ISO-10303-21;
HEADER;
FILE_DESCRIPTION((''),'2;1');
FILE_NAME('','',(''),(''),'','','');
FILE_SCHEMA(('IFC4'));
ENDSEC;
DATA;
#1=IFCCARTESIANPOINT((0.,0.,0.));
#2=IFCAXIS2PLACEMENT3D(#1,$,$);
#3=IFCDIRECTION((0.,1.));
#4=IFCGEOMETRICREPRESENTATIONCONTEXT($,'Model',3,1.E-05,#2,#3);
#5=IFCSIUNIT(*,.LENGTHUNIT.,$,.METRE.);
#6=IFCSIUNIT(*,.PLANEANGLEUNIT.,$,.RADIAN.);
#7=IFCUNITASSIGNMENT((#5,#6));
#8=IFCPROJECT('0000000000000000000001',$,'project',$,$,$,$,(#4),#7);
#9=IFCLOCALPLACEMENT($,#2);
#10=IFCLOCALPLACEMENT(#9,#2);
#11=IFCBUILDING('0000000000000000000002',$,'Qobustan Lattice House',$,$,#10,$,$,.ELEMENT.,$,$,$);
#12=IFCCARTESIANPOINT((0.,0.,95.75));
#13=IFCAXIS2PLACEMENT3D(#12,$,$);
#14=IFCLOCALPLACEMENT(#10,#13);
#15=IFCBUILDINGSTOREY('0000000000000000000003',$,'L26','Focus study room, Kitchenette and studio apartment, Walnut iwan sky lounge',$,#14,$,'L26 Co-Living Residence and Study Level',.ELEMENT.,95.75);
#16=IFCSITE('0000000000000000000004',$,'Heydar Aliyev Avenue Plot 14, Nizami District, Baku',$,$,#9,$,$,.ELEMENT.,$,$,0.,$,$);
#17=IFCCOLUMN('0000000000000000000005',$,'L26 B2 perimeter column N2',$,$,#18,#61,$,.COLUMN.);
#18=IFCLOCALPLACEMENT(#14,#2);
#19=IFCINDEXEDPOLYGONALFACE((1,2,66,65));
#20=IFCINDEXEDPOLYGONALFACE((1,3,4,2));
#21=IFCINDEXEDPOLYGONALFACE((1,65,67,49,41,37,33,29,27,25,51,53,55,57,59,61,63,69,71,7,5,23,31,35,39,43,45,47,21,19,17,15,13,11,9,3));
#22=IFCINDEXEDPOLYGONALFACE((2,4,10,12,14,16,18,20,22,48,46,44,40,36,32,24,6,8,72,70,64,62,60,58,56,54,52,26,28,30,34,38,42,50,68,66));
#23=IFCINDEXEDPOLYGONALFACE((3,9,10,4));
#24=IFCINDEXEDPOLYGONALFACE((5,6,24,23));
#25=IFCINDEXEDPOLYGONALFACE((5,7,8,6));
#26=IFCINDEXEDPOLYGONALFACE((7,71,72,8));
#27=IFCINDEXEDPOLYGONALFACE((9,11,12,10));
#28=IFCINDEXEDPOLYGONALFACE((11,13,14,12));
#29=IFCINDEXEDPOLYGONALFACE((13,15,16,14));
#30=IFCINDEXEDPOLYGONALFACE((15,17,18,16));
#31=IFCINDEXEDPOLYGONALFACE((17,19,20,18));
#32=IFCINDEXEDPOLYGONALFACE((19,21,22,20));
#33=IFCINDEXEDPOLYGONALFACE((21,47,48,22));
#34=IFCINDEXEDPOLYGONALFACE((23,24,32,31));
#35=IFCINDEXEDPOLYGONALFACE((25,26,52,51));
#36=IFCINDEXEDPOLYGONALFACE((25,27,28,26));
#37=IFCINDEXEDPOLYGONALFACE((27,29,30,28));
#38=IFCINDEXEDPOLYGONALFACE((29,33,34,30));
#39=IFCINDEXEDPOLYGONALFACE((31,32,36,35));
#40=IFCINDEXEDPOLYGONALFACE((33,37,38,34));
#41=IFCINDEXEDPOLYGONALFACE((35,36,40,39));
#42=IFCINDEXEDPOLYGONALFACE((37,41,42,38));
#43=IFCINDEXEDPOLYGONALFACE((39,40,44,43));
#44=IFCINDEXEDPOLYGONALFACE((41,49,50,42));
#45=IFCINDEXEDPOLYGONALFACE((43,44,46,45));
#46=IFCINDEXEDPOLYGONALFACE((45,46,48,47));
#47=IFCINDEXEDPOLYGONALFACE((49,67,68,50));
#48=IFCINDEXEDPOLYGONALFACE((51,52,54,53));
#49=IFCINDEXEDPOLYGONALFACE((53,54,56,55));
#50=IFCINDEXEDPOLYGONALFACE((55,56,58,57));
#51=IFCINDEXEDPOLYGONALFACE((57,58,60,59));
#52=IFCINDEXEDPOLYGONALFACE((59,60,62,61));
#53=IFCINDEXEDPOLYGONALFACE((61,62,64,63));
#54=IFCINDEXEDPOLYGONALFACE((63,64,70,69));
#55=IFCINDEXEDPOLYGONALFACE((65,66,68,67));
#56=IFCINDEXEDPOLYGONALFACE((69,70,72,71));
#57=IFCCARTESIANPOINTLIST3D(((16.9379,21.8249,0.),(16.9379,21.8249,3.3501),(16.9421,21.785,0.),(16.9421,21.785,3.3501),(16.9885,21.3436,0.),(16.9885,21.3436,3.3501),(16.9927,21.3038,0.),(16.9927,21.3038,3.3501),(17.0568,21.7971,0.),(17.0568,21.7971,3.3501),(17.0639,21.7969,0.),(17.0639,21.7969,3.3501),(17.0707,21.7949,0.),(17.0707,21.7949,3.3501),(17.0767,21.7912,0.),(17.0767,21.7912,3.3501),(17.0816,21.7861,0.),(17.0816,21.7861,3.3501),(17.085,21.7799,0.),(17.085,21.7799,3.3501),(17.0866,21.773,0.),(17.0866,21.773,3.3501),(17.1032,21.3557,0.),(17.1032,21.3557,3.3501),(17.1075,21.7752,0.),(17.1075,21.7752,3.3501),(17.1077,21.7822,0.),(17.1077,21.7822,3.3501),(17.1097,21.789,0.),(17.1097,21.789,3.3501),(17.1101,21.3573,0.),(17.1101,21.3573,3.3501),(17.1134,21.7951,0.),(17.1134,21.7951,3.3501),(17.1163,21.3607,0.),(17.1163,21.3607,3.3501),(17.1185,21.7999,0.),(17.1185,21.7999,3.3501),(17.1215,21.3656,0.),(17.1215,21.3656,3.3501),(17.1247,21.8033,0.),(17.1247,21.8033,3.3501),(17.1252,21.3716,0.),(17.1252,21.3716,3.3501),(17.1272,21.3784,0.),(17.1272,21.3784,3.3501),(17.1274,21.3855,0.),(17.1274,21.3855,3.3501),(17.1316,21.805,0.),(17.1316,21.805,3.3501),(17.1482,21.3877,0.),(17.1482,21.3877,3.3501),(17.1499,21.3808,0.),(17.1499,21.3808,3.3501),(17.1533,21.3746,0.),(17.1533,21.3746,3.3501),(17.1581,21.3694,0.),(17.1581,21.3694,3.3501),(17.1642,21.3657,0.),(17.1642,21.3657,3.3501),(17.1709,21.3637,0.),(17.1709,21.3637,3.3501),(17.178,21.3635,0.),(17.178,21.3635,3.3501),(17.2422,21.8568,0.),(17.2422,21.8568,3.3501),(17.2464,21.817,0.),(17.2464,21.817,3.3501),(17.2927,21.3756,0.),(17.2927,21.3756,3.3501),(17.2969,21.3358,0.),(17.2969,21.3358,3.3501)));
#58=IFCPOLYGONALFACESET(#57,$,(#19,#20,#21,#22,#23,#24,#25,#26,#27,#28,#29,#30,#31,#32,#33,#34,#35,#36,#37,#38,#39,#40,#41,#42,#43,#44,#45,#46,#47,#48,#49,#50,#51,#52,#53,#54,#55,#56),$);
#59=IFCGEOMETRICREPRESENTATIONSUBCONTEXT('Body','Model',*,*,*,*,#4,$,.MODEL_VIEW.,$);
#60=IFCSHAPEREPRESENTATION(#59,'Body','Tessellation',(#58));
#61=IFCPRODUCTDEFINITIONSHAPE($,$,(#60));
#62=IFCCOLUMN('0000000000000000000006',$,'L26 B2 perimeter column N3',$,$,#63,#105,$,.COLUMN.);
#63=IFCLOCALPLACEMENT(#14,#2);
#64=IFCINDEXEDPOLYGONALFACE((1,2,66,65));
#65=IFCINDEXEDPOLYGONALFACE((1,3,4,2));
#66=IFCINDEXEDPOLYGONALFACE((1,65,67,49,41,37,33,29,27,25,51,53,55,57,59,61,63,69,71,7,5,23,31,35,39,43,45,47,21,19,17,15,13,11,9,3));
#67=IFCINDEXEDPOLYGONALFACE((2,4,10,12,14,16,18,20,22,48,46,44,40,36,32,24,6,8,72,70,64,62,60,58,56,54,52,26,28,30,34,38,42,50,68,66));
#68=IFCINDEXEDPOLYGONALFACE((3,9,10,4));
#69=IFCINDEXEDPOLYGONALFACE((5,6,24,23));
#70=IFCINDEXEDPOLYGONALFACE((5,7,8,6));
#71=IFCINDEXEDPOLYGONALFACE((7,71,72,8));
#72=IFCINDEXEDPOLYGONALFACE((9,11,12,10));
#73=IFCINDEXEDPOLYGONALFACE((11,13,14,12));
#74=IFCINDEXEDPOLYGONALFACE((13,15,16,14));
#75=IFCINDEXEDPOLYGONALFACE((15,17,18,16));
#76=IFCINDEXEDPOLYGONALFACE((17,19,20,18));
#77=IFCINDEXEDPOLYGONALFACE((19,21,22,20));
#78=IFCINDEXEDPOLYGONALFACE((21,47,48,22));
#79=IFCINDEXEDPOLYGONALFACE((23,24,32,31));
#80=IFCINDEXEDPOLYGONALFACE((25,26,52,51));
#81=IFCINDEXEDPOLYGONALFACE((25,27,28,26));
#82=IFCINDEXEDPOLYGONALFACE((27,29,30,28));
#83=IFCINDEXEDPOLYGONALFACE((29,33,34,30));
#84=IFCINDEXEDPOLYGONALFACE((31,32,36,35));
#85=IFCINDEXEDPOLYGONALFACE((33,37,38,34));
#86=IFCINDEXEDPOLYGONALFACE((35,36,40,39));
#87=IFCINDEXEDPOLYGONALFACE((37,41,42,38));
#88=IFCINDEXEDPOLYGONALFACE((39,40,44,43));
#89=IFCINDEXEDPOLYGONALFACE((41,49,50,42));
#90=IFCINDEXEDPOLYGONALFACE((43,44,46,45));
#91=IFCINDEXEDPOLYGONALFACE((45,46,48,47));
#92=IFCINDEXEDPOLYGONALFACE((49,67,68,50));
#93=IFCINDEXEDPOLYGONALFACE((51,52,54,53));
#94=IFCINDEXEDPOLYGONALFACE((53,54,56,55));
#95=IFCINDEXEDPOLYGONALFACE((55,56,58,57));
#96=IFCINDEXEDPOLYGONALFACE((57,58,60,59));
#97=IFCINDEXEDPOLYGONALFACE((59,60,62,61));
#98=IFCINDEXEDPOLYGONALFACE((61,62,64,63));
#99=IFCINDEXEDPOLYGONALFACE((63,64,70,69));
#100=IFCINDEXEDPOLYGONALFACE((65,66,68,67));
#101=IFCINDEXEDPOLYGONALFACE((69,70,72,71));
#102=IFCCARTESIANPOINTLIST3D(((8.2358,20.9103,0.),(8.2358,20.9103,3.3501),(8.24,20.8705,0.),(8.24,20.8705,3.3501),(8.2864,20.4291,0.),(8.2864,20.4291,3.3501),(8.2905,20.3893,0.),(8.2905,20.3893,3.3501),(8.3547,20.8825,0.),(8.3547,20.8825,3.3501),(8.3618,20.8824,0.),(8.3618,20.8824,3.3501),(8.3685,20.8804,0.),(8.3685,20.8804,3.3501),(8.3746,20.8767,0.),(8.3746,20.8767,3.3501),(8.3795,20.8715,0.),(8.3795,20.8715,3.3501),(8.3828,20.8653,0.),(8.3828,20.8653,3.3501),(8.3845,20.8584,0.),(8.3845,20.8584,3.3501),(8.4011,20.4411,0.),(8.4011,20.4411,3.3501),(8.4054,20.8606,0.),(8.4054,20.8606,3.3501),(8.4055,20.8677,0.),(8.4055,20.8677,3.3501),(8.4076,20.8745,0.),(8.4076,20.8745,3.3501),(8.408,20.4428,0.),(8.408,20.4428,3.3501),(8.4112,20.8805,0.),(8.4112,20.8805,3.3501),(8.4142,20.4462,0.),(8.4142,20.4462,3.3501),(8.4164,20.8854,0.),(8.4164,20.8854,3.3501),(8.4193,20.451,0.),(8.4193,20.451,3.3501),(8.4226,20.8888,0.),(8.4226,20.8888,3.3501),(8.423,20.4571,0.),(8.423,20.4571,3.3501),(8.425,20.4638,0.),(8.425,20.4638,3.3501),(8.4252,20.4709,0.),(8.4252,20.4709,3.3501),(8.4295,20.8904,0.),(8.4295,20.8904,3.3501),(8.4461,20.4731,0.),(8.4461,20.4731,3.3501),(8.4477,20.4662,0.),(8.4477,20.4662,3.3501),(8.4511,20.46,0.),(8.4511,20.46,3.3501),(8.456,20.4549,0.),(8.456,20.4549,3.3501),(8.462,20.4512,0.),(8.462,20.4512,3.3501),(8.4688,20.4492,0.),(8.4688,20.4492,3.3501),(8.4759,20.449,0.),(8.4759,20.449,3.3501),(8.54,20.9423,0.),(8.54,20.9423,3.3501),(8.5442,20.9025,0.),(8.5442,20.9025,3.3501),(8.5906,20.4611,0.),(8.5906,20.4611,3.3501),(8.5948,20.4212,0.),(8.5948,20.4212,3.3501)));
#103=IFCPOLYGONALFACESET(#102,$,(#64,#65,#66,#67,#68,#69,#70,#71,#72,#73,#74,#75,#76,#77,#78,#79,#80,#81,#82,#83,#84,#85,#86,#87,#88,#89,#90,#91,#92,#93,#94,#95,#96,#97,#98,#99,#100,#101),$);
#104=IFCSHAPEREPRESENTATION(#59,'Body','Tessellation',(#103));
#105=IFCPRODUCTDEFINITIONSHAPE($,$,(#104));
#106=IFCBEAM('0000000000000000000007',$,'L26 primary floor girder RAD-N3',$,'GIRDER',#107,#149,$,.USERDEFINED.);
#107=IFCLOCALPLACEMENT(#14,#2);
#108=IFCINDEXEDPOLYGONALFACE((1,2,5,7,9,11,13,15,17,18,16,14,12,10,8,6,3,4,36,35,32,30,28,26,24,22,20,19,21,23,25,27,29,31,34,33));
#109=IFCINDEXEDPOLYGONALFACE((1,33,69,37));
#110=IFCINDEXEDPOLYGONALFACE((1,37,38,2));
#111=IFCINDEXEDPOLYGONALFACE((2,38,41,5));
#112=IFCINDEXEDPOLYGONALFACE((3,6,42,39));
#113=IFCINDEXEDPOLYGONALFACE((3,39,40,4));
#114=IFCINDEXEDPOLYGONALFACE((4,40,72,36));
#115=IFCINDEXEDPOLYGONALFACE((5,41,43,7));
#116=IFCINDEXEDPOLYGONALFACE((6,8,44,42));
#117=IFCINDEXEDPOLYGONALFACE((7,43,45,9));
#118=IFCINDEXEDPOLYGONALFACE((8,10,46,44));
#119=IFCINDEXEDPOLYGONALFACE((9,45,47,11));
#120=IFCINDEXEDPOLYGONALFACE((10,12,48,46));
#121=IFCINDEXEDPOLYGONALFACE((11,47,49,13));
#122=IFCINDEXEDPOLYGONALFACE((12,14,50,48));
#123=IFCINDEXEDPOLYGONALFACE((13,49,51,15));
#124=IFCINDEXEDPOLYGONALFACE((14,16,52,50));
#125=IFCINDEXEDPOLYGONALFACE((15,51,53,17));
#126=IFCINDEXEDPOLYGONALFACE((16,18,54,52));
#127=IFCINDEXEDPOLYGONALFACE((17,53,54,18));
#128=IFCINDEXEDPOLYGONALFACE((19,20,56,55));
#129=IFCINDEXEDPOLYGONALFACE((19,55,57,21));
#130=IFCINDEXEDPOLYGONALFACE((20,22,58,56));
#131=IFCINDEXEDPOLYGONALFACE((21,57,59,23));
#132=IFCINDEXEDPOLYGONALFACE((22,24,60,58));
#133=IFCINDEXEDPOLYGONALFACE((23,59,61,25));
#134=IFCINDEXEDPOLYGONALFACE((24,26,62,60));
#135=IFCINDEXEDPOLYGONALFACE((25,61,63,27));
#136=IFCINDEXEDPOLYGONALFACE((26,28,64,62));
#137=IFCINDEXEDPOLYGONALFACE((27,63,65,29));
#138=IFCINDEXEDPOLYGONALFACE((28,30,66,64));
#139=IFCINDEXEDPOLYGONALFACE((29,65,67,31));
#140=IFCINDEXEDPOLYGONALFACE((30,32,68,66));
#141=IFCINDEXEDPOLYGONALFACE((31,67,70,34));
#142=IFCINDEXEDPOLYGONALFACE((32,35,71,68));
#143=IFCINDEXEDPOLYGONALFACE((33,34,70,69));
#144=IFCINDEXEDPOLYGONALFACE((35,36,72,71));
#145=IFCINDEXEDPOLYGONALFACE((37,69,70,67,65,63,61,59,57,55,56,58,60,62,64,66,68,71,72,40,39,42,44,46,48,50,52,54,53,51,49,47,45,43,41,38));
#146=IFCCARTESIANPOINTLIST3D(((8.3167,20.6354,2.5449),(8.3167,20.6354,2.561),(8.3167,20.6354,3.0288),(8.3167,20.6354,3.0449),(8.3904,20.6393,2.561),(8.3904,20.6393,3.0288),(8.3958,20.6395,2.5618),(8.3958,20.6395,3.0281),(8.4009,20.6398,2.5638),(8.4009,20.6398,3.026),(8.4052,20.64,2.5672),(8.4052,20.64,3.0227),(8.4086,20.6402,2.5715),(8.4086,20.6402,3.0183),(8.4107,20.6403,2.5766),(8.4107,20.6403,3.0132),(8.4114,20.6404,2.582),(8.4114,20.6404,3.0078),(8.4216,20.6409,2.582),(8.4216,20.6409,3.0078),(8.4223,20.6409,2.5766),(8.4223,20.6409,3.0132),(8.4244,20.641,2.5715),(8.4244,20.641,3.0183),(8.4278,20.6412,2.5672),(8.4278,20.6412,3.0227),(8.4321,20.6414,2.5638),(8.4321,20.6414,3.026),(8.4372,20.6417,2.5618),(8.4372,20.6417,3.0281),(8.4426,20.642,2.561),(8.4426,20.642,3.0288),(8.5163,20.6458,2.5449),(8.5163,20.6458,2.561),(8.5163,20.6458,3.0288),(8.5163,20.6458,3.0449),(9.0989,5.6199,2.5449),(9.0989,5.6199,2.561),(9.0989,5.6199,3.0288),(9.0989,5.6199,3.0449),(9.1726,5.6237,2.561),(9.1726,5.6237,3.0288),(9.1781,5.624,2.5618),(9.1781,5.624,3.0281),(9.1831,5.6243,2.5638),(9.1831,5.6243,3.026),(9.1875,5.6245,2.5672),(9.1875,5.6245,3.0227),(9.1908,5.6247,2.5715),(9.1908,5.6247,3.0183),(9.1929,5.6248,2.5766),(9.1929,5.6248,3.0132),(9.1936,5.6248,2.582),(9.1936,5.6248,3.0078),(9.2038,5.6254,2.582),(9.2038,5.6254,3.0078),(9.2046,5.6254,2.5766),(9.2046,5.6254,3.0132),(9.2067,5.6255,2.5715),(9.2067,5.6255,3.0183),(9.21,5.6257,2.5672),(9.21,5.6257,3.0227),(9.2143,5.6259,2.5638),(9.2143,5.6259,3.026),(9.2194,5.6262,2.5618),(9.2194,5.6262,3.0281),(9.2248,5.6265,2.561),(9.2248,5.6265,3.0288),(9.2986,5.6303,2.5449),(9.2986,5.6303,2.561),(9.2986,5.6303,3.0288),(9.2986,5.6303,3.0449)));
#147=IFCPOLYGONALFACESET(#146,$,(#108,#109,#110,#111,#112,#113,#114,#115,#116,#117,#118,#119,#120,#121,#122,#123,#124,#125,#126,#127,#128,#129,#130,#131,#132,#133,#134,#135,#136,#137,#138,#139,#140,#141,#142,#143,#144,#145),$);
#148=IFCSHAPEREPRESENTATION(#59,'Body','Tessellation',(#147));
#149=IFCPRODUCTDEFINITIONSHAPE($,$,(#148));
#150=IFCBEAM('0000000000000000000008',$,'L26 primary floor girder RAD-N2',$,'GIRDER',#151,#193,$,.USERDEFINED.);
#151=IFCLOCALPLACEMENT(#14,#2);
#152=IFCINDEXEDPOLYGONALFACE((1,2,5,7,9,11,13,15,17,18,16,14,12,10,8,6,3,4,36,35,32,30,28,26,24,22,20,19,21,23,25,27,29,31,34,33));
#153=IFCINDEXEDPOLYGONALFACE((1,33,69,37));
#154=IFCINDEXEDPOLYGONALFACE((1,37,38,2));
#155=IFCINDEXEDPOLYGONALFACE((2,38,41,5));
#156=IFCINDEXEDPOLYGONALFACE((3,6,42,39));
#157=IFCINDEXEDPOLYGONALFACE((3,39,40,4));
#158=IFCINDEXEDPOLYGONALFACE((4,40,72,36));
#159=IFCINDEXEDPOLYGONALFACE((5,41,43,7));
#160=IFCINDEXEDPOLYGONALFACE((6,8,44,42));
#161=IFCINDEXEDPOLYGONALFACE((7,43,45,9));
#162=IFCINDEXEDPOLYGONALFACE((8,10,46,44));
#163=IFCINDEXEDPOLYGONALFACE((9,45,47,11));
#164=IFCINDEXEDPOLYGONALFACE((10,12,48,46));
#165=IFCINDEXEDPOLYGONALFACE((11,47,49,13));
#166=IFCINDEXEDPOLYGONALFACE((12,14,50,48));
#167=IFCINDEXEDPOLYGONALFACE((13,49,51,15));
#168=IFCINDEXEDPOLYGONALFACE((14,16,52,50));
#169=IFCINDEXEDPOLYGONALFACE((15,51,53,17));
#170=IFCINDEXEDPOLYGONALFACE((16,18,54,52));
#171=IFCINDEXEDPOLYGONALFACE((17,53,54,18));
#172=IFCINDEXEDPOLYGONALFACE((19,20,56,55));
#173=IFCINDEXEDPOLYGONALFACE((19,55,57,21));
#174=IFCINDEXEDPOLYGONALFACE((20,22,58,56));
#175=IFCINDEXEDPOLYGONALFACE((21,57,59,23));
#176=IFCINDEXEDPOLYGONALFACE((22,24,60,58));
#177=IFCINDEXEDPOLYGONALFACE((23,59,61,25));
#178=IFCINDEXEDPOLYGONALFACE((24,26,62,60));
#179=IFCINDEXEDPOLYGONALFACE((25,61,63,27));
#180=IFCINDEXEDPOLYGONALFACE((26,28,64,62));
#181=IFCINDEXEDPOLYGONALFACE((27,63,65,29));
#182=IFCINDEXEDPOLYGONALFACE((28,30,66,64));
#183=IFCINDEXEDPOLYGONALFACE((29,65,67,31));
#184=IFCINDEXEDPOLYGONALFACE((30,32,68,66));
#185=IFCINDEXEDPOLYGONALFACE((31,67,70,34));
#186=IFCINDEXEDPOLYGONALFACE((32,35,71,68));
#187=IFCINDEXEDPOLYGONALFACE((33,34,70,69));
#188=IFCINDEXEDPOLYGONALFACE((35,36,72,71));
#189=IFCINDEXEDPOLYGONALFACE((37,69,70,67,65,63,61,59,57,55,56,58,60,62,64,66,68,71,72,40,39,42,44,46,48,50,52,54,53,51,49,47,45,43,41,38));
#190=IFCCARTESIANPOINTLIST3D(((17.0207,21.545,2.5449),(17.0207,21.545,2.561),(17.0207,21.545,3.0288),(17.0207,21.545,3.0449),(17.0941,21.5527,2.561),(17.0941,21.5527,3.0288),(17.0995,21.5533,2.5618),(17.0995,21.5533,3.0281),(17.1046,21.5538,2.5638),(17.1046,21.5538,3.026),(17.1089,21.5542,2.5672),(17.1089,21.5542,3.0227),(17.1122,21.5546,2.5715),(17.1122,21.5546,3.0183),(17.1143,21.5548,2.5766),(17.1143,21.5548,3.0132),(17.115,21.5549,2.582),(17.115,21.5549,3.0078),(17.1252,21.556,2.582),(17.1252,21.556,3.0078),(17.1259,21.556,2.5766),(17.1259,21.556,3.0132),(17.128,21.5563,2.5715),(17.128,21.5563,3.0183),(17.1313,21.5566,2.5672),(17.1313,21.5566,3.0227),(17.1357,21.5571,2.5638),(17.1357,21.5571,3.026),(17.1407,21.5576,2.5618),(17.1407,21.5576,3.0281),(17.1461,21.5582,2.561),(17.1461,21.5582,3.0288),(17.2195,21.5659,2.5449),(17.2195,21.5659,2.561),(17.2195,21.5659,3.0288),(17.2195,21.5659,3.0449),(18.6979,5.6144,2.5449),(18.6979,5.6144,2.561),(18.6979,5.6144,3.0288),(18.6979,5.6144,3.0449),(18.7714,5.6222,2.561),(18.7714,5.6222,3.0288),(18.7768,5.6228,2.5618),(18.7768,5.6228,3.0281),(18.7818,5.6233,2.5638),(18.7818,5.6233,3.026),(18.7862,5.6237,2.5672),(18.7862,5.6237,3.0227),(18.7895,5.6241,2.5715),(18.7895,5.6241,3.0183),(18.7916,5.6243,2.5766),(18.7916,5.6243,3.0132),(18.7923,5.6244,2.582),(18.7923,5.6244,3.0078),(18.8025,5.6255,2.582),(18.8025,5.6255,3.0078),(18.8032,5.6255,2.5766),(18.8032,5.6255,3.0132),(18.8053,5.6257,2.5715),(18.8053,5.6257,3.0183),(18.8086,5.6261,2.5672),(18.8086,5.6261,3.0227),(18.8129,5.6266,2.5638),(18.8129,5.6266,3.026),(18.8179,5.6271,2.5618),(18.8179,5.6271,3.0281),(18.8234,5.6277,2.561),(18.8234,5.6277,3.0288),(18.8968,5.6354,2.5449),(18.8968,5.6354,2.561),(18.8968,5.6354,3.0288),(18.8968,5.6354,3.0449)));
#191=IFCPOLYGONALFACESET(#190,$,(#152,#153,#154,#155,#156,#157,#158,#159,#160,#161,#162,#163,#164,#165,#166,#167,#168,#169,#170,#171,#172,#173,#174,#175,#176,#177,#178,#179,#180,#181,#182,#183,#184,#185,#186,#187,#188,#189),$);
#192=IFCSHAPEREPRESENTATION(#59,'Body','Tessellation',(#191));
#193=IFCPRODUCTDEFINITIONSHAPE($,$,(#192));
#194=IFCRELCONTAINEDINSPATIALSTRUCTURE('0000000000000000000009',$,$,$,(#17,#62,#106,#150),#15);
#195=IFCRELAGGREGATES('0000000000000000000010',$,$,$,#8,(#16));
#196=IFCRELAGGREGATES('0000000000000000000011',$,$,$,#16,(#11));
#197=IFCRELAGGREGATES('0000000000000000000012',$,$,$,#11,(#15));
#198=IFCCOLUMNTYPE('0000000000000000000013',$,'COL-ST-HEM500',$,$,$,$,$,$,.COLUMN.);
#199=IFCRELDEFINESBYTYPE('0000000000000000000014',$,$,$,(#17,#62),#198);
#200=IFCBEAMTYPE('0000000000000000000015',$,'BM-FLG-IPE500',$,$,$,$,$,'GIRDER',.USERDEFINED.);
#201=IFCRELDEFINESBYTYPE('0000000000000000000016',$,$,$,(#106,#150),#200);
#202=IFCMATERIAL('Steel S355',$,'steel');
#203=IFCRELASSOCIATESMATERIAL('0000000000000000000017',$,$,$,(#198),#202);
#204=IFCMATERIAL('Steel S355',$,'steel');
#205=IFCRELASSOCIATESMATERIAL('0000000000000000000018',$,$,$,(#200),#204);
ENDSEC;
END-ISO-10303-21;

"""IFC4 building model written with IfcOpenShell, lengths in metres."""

from ifc_helpers import new_model, si_unit, direction, frame, origin, origin_2d, place, context, subcontext, project, spatial, i_section, extrude, material, material_profile, profile_set, type_object, element, save


model = new_model("IFC4")

# Units and contexts
model_context = context("Model", 3, precision=1e-05, world=origin(), true_north=direction((0.0, 1.0)))
body_context = subcontext(model_context, "Body", "Model", "MODEL_VIEW")
ifc_project = project(units=[si_unit("LENGTHUNIT", "METRE"), si_unit("PLANEANGLEUNIT", "RADIAN")], contexts=[model_context])

# Site, building, storey
site_placement = place(None, origin())
site = spatial("IfcSite", under=ifc_project, at=site_placement, Name="Heydar Aliyev Avenue Plot 14, Nizami District, Baku", CompositionType="ELEMENT", RefElevation=0.0)
building_placement = place(site_placement, origin())
building = spatial("IfcBuilding", under=site, at=building_placement, Name="Qobustan Lattice House", CompositionType="ELEMENT")
storey_placement = place(building_placement, frame((0.0, 0.0, 95.75)))
storey = spatial("IfcBuildingStorey", under=building, at=storey_placement, Name="L26", Description="Focus study room, Kitchenette and studio apartment, Walnut iwan sky lounge", LongName="L26 Co-Living Residence and Study Level", CompositionType="ELEMENT", Elevation=95.75)

# Columns
ifc_material_1 = material(Name="Steel S355", Category="steel")
ifc_material_profile_1 = material_profile(ifc_material_1, i_section(OverallWidth=0.3059, OverallDepth=0.5239, WebThickness=0.021, FlangeThickness=0.04, FilletRadius=0.0271, at=origin_2d()), Name="HEM500")
ifc_profile_set_1 = profile_set([ifc_material_profile_1], Name="Steel S355")
column_type = type_object("IfcColumnType", Name="COL-ST-HEM500", PredefinedType="COLUMN", material=ifc_profile_set_1)
for number, where, z_axis, x_axis, name in (
    (1, (17.1174, 21.5803, 0.0), (0.0, 0.0, 1.0), (0.994522, 0.104528, 0.0), "L26 B2 perimeter column N2"),
    (2, (8.4153, 20.6658, 0.0), (0.0, 0.0, 1.0), (0.994522, 0.104528, 0.0), "L26 B2 perimeter column N3"),
):
    element("IfcColumn", number, at=place(storey_placement, frame(where, z_axis=z_axis, x_axis=x_axis)), inside=storey, type_object=column_type, Name=name, PredefinedType="COLUMN", context=body_context, shape_type="SweptSolid", body=[
        extrude(i_section(OverallWidth=0.3059, OverallDepth=0.5239, WebThickness=0.021, FlangeThickness=0.04, FilletRadius=0.0271, at=origin_2d()), origin(), (0.0, 0.0, 1.0), 3.3501),
    ])

# Beams
ifc_material_2 = material(Name="Steel S355", Category="steel")
ifc_material_profile_2 = material_profile(ifc_material_2, i_section(OverallWidth=0.2, OverallDepth=0.5, WebThickness=0.0103, FlangeThickness=0.0161, FilletRadius=0.021, at=origin_2d()), Name="IPE500")
ifc_profile_set_2 = profile_set([ifc_material_profile_2], Name="Steel S355")
beam_type_1 = type_object("IfcBeamType", Name="BM-FLG-IPE500", ElementType="GIRDER", PredefinedType="USERDEFINED", material=ifc_profile_set_2)
beam_1_placement = place(storey_placement, frame((8.4165, 20.6406, 2.7949), z_axis=(0.052024, -0.998646, 0.0), x_axis=(0.998646, 0.052024, 0.0)))
element("IfcBeam", 3, at=beam_1_placement, inside=storey, type_object=beam_type_1, Name="L26 primary floor girder RAD-N3", ObjectType="GIRDER", PredefinedType="USERDEFINED", context=body_context, shape_type="SweptSolid", body=[
    extrude(i_section(OverallWidth=0.2, OverallDepth=0.5, WebThickness=0.0103, FlangeThickness=0.0161, FilletRadius=0.021, at=origin_2d()), origin(), (0.0, 0.0, 1.0), 15.0359),
])
beam_2_placement = place(storey_placement, frame((17.1201, 21.5554, 2.7949), z_axis=(0.104707, -0.994503, 0.0), x_axis=(0.994503, 0.104707, 0.0)))
element("IfcBeam", 4, at=beam_2_placement, inside=storey, type_object=beam_type_1, Name="L26 primary floor girder RAD-N2", ObjectType="GIRDER", PredefinedType="USERDEFINED", context=body_context, shape_type="SweptSolid", body=[
    extrude(i_section(OverallWidth=0.2, OverallDepth=0.5, WebThickness=0.0103, FlangeThickness=0.0161, FilletRadius=0.021, at=origin_2d()), origin(), (0.0, 0.0, 1.0), 16.0186),
])

save(model, "model.ifc")
